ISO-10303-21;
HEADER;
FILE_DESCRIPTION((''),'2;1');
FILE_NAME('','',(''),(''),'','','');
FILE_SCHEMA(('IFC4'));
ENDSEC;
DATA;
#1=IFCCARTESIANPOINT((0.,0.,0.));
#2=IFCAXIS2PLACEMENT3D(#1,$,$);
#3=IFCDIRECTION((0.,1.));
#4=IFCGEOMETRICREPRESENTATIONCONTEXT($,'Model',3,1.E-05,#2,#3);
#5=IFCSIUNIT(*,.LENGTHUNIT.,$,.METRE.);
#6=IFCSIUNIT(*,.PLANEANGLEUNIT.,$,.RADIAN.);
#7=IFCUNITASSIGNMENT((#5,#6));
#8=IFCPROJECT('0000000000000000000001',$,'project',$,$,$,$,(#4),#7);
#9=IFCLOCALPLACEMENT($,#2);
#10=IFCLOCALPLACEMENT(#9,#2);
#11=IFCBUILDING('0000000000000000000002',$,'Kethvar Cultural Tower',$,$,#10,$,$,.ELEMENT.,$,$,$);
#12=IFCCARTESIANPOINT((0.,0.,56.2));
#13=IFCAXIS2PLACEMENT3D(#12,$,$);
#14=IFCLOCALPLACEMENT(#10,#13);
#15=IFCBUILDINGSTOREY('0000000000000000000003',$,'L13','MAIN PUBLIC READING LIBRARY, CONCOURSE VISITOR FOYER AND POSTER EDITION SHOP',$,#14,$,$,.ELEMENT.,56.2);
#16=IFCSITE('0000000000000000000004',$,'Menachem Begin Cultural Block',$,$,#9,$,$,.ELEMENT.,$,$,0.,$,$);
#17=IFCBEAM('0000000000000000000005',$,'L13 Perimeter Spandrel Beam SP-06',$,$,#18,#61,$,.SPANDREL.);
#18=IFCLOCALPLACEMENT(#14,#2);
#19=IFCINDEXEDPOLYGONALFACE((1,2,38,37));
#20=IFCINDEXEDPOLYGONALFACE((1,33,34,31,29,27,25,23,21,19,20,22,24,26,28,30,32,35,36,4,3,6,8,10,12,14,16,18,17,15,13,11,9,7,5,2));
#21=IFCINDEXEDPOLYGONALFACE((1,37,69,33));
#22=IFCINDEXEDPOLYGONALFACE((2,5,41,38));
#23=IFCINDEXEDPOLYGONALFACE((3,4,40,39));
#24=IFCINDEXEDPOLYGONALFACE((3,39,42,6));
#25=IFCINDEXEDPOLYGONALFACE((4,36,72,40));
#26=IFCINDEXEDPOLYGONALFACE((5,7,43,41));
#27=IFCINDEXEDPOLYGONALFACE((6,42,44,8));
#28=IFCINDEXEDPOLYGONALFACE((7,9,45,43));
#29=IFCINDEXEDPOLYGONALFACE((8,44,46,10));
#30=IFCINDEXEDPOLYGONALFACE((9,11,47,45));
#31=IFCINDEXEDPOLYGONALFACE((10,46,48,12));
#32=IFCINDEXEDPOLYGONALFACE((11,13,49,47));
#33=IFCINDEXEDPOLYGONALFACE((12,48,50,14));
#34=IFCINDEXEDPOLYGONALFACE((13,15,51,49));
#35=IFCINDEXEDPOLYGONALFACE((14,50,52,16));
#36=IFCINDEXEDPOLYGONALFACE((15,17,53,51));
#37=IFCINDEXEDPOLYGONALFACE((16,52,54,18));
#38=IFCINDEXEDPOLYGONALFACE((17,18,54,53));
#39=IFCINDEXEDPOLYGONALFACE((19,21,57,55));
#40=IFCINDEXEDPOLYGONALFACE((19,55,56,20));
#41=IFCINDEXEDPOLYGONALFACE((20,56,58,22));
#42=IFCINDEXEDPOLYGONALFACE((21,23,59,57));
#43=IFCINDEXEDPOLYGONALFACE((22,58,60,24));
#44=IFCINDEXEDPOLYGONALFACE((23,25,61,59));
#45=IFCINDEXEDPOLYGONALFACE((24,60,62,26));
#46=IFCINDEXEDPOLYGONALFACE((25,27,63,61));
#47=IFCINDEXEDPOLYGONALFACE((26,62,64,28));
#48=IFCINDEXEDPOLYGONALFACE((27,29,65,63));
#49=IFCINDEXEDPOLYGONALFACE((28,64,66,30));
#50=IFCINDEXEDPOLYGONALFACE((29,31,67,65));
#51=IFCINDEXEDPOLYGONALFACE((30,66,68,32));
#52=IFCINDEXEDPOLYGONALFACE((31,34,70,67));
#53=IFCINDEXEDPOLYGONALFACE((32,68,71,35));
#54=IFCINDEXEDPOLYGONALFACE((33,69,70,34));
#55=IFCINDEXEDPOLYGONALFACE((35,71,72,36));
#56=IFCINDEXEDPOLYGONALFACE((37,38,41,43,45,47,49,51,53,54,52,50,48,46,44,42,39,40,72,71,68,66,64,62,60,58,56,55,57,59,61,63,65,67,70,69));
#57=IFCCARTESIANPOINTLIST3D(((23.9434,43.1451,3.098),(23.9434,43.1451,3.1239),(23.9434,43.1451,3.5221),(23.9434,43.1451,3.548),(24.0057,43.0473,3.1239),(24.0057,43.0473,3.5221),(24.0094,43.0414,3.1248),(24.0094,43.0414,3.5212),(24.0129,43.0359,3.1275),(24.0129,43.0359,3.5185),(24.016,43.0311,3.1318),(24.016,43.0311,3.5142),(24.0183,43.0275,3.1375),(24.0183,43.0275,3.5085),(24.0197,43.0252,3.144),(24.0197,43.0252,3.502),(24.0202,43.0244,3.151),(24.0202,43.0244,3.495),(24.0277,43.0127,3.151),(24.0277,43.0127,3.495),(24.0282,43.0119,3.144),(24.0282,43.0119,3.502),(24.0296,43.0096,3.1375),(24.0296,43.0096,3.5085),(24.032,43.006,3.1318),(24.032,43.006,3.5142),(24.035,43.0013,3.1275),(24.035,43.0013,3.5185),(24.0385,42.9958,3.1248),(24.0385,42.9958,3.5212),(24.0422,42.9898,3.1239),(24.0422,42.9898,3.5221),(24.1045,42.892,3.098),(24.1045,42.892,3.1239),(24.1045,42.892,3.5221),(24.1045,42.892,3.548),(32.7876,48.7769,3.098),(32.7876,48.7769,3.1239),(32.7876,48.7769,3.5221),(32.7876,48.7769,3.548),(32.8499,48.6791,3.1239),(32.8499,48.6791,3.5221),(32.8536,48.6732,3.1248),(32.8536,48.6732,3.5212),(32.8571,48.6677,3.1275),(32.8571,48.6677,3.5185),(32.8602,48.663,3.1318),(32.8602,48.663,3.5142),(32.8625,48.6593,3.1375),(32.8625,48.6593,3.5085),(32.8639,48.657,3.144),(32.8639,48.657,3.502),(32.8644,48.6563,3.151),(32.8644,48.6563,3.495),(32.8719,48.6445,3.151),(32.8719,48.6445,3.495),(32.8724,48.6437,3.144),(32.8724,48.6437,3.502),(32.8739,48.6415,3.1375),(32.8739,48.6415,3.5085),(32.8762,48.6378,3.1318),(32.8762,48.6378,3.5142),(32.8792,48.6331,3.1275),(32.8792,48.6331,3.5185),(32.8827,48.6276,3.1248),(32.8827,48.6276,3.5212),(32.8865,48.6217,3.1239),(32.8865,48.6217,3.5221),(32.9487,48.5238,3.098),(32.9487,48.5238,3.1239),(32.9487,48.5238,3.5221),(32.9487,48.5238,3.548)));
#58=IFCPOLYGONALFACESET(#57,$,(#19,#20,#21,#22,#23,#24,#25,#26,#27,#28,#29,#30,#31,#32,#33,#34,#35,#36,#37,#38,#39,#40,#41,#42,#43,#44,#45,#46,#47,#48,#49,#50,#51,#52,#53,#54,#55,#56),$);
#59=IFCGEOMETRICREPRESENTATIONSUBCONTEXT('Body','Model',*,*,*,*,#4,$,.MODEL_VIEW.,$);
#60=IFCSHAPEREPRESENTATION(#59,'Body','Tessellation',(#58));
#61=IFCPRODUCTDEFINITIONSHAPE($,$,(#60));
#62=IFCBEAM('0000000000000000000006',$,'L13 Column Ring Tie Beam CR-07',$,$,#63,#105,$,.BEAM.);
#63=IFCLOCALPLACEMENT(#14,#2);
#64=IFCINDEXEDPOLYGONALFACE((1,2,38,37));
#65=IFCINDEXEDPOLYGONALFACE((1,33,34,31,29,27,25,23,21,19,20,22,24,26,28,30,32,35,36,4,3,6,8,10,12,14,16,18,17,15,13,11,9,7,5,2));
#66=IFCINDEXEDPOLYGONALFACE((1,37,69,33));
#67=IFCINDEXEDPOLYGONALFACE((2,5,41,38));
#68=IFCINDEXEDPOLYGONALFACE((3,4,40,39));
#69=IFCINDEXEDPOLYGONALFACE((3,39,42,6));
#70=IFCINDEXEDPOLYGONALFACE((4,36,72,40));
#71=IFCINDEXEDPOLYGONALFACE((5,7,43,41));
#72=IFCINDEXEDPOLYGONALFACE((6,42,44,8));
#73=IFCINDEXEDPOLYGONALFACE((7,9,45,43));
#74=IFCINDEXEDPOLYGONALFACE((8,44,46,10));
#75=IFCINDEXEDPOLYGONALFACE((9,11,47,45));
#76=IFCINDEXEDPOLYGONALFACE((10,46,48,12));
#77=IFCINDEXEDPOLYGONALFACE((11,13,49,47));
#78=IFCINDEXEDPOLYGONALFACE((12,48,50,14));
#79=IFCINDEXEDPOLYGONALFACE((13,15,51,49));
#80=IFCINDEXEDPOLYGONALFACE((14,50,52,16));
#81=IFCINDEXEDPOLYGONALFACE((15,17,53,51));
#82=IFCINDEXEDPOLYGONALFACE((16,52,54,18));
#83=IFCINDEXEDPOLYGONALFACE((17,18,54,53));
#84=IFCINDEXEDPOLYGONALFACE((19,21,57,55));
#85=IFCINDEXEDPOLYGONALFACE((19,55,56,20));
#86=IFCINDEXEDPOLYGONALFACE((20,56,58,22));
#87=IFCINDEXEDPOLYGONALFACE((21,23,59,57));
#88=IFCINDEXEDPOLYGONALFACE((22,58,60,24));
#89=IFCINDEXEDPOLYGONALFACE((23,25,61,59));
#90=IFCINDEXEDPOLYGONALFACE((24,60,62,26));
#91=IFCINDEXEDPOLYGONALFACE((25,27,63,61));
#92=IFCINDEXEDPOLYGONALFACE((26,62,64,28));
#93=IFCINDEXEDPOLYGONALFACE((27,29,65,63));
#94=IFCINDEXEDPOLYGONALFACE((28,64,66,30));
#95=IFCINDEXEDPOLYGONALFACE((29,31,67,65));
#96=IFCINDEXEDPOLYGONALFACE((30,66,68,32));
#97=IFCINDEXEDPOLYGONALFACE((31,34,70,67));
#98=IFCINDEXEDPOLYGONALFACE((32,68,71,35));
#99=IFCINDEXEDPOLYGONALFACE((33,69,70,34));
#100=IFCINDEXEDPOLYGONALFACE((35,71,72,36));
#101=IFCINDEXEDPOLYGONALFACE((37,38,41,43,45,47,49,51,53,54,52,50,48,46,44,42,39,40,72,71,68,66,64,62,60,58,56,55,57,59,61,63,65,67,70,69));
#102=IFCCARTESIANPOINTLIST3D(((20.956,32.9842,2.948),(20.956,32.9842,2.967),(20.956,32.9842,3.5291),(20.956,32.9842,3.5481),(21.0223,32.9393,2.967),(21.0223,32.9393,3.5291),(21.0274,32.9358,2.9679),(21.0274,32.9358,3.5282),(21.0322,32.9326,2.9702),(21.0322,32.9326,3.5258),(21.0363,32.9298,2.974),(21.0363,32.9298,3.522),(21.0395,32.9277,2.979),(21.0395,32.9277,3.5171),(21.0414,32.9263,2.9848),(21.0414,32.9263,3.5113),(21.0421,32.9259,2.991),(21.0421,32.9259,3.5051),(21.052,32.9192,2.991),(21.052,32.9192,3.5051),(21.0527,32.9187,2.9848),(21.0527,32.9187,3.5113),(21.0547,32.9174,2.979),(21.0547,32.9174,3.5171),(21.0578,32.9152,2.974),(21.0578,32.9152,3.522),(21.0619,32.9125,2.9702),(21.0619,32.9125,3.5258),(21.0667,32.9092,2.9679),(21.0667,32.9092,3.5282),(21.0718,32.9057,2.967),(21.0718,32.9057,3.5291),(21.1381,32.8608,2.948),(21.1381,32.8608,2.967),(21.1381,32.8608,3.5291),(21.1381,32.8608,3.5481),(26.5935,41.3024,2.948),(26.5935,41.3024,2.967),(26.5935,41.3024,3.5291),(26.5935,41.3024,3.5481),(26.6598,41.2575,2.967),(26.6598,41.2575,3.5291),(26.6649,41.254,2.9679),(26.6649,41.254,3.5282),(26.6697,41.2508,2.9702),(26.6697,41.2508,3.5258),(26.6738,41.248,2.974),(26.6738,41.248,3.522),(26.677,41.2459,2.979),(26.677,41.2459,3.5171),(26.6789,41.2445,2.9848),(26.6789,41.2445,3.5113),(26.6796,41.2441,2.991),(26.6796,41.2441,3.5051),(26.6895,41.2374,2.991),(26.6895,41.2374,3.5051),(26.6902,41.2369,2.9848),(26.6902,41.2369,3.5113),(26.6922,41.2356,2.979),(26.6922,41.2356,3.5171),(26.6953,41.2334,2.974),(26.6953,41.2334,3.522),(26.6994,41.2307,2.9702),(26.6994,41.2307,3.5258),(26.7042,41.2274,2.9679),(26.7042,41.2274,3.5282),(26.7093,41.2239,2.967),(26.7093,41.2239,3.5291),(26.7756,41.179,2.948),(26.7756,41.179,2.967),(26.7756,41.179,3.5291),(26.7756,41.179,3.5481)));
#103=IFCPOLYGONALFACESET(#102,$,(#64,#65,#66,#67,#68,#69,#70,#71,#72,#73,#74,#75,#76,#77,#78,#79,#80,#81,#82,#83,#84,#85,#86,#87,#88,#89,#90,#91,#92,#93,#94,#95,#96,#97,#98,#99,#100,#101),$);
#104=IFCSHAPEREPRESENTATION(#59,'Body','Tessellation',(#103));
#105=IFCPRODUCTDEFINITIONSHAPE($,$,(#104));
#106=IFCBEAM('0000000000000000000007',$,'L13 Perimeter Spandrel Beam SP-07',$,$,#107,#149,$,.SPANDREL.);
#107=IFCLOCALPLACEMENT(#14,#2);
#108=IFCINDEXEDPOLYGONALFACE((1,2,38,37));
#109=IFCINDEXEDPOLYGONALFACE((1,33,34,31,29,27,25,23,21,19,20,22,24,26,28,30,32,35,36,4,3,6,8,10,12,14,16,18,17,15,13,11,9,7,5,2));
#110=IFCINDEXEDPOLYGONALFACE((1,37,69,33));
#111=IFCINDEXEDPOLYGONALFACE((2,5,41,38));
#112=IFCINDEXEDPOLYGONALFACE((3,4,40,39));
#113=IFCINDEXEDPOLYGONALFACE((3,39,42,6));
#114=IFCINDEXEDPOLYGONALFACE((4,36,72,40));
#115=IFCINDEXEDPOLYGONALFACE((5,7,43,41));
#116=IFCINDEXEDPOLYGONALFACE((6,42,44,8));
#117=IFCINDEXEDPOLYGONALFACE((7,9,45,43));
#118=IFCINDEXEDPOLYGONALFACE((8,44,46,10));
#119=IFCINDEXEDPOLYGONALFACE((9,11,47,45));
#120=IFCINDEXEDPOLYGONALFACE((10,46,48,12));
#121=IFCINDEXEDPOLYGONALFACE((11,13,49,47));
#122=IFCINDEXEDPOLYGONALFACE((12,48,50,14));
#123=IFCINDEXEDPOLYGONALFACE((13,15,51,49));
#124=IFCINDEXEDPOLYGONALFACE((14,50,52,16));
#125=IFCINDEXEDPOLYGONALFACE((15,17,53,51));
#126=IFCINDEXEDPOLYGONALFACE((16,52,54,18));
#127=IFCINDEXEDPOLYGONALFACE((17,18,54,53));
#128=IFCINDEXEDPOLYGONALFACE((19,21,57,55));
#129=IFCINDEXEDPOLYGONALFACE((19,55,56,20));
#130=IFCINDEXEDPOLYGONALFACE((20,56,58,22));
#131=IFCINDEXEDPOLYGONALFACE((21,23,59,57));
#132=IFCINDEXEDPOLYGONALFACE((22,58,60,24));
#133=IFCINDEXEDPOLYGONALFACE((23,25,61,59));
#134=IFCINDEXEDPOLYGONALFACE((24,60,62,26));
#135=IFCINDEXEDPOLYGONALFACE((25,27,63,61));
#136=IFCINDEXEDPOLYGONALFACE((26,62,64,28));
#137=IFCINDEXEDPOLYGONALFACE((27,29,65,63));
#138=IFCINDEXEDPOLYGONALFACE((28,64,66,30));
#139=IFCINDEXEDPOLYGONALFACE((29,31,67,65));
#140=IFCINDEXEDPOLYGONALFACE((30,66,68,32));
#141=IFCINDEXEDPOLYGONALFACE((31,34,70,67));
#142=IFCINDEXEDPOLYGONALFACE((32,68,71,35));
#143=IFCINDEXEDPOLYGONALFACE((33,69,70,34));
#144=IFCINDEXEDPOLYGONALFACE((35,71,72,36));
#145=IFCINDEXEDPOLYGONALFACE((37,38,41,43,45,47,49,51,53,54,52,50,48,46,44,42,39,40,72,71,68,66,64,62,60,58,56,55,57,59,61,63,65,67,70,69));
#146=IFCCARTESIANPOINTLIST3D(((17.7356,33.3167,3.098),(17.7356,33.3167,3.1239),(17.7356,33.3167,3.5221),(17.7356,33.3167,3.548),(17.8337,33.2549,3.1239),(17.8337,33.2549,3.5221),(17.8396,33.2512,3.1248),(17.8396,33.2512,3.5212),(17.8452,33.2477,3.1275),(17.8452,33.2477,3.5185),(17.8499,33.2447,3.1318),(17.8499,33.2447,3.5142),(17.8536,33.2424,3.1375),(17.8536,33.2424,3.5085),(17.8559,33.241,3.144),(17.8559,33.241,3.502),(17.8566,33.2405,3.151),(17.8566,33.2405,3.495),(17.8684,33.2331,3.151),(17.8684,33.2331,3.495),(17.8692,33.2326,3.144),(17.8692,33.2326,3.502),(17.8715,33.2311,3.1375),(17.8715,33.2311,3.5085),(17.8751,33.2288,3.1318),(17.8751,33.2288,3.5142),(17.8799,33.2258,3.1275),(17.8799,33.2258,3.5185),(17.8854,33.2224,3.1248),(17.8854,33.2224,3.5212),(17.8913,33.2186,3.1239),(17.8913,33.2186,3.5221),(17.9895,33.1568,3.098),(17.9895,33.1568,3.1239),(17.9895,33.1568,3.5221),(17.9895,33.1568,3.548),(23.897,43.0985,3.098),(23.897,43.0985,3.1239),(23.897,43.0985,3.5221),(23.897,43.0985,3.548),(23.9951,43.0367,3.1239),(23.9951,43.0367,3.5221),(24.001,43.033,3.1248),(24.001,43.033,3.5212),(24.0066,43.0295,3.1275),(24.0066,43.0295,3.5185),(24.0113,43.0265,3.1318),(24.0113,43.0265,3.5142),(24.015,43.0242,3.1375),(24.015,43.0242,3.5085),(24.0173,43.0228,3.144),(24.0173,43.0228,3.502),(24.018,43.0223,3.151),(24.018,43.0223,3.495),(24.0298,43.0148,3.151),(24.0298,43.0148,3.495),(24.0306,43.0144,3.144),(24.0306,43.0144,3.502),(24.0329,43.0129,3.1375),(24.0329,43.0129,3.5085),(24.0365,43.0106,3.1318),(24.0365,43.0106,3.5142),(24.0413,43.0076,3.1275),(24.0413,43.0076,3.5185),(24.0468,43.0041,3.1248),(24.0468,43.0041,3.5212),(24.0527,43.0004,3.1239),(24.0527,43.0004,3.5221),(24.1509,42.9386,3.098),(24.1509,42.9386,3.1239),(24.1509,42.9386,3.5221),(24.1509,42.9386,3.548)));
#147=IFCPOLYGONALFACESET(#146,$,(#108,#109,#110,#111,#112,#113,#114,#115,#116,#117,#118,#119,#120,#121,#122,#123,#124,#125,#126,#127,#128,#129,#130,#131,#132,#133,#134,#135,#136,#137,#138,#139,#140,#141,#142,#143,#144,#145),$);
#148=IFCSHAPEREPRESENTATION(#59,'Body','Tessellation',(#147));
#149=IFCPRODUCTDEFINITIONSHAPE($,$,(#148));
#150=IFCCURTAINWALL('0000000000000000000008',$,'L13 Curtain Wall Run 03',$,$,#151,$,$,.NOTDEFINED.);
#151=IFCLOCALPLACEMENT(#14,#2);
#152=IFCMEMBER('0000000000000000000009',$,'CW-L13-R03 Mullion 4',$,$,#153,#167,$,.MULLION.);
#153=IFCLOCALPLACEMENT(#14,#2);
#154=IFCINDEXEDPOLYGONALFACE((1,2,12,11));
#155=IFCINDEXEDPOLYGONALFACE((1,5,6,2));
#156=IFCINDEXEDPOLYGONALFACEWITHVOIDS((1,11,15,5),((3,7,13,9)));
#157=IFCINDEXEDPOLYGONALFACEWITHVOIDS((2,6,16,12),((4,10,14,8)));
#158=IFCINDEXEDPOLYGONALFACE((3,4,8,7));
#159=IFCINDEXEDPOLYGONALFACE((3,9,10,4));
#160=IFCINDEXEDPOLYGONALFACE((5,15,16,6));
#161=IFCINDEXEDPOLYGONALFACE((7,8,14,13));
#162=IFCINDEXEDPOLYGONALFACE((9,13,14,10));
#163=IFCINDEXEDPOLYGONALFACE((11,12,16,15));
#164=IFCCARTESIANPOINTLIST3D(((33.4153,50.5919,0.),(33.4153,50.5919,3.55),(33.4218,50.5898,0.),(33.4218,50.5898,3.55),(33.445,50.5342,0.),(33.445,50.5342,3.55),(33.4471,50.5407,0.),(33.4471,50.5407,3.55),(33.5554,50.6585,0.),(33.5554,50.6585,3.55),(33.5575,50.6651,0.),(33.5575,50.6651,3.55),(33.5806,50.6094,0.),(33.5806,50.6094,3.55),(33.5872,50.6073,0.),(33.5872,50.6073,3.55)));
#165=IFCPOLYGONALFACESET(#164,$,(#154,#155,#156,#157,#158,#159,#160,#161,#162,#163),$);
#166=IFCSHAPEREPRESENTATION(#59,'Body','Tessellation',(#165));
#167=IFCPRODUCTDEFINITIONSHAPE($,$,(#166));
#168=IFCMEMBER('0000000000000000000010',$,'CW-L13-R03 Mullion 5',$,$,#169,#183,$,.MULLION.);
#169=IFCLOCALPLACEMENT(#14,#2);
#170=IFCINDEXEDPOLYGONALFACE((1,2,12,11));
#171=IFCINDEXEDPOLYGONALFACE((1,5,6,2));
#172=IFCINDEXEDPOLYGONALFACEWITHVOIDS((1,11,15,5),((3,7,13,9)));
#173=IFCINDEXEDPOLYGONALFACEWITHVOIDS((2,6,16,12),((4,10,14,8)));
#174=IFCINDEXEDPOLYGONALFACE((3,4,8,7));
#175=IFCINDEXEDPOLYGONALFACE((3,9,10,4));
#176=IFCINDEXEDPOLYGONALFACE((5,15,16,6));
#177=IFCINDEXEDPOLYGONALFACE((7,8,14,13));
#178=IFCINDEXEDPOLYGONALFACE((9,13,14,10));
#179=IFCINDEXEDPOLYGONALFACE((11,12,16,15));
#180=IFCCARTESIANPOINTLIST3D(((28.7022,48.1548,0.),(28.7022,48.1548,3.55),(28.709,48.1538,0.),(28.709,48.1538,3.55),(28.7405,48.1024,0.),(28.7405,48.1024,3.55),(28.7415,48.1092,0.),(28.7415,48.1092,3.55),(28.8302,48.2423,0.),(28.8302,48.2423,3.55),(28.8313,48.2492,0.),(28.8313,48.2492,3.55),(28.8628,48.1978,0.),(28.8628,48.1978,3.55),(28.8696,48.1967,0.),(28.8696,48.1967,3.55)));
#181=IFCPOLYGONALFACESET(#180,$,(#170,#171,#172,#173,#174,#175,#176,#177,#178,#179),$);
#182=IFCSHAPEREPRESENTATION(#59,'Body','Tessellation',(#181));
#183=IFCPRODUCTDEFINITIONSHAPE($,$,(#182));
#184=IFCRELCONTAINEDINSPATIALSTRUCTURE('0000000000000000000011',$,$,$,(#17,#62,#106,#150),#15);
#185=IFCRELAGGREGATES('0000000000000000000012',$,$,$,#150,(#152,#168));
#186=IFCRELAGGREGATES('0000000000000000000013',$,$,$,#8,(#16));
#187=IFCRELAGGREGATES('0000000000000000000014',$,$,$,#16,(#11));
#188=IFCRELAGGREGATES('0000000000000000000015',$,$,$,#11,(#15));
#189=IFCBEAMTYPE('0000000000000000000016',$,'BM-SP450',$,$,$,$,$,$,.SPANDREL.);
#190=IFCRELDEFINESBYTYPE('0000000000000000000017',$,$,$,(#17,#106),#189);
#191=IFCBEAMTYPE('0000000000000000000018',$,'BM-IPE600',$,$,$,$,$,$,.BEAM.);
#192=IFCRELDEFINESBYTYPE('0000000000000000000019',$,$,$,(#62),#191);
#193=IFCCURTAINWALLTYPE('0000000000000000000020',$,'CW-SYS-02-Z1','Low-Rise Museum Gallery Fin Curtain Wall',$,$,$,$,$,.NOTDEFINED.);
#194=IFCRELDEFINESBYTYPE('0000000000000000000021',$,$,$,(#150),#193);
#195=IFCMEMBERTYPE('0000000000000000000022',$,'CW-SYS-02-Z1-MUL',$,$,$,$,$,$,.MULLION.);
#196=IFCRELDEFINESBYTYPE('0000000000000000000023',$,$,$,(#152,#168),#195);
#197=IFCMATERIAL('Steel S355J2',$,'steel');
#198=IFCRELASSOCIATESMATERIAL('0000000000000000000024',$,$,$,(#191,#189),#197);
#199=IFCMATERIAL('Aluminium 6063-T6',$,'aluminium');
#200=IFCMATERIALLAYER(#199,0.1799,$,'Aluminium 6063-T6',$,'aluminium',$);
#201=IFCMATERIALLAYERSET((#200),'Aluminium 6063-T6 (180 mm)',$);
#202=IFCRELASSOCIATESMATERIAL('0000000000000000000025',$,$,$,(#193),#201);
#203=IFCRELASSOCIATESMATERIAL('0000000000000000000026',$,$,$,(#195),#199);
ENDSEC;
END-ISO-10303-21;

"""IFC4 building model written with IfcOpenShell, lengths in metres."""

from ifc_helpers import new_model, si_unit, direction, frame, origin, origin_2d, place, context, subcontext, project, spatial, hollow_rectangle, i_section, extrude, source, transform, mapped, material, layer, layer_set, material_profile, profile_set, type_object, element, aggregate, save


model = new_model("IFC4")

# Units and contexts
model_context = context("Model", 3, precision=1e-05, world=origin(), true_north=direction((0.0, 1.0)))
body_context = subcontext(model_context, "Body", "Model", "MODEL_VIEW")
ifc_project = project(units=[si_unit("LENGTHUNIT", "METRE"), si_unit("PLANEANGLEUNIT", "RADIAN")], contexts=[model_context])

# Site, building, storey
site_placement = place(None, origin())
site = spatial("IfcSite", under=ifc_project, at=site_placement, Name="Menachem Begin Cultural Block", CompositionType="ELEMENT", RefElevation=0.0)
building_placement = place(site_placement, origin())
building = spatial("IfcBuilding", under=site, at=building_placement, Name="Kethvar Cultural Tower", CompositionType="ELEMENT")
storey_placement = place(building_placement, frame((0.0, 0.0, 56.2)))
storey = spatial("IfcBuildingStorey", under=building, at=storey_placement, Name="L13", Description="MAIN PUBLIC READING LIBRARY, CONCOURSE VISITOR FOYER AND POSTER EDITION SHOP", CompositionType="ELEMENT", Elevation=56.2)

# Beams
ifc_material_1 = material(Name="Steel S355J2", Category="steel")
ifc_material_profile_1 = material_profile(ifc_material_1, i_section(OverallWidth=0.22, OverallDepth=0.6001, WebThickness=0.012, FlangeThickness=0.019, FilletRadius=0.0239, at=origin_2d()), Name="Steel S355J2 — IPE600")
ifc_profile_set_1 = profile_set([ifc_material_profile_1], Name="Steel S355J2 — IPE600")
beam_type_1 = type_object("IfcBeamType", Name="BM-IPE600", PredefinedType="BEAM", material=ifc_profile_set_1)
ifc_material_profile_2 = material_profile(ifc_material_1, i_section(OverallWidth=0.3, OverallDepth=0.45, WebThickness=0.0139, FlangeThickness=0.0259, FilletRadius=0.0271, at=origin_2d()), Name="Steel S355J2 — HEB450")
ifc_profile_set_2 = profile_set([ifc_material_profile_2], Name="Steel S355J2 — HEB450")
beam_type_2 = type_object("IfcBeamType", Name="BM-SP450", PredefinedType="SPANDREL", material=ifc_profile_set_2)
shared_shape_1 = source(origin(), body_context, "Body", "SweptSolid", [
    extrude(i_section(OverallWidth=0.3, OverallDepth=0.45, WebThickness=0.0139, FlangeThickness=0.0259, FilletRadius=0.0271, at=origin_2d()), origin(), (0.0, 0.0, 1.0), 10.4851),
])
beam_1_placement = place(storey_placement, frame((32.8682, 48.6504, 3.323), z_axis=(-0.843502, -0.537126, 0.0), x_axis=(0.537126, -0.843502, 0.0)))
element("IfcBeam", 1, at=beam_1_placement, inside=storey, type_object=beam_type_2, Name="L13 Perimeter Spandrel Beam SP-06", PredefinedType="SPANDREL", context=body_context, shape_type="MappedRepresentation", body=[
    mapped(shared_shape_1, transform((0.0, 0.0, 0.0), scale=1.0)),
])
shared_shape_2 = source(origin(), body_context, "Body", "SweptSolid", [
    extrude(i_section(OverallWidth=0.22, OverallDepth=0.6001, WebThickness=0.012, FlangeThickness=0.019, FilletRadius=0.0239, at=origin_2d()), origin(), (0.0, 0.0, 1.0), 10.0486),
])
beam_2_placement = place(storey_placement, frame((26.6846, 41.2407, 3.248), z_axis=(-0.561025, -0.827799, 0.0), x_axis=(0.827799, -0.561025, 0.0)))
element("IfcBeam", 2, at=beam_2_placement, inside=storey, type_object=beam_type_1, Name="L13 Column Ring Tie Beam CR-07", PredefinedType="BEAM", context=body_context, shape_type="MappedRepresentation", body=[
    mapped(shared_shape_2, transform((0.0, 0.0, 0.0), scale=1.0)),
])
shared_shape_3 = source(origin(), body_context, "Body", "SweptSolid", [
    extrude(i_section(OverallWidth=0.3, OverallDepth=0.45, WebThickness=0.0139, FlangeThickness=0.0259, FilletRadius=0.0271, at=origin_2d()), origin(), (0.0, 0.0, 1.0), 11.5605),
])
beam_3_placement = place(storey_placement, frame((24.0239, 43.0186, 3.323), z_axis=(-0.532968, -0.846135, 0.0), x_axis=(0.846135, -0.532968, 0.0)))
element("IfcBeam", 3, at=beam_3_placement, inside=storey, type_object=beam_type_2, Name="L13 Perimeter Spandrel Beam SP-07", PredefinedType="SPANDREL", context=body_context, shape_type="MappedRepresentation", body=[
    mapped(shared_shape_3, transform((0.0, 0.0, 0.0), scale=1.0)),
])

# Curtain wall, members
ifc_material_2 = material(Name="Aluminium 6063-T6", Category="aluminium")
ifc_layer_1 = layer(ifc_material_2, 0.1799, Name="Aluminium 6063-T6", Category="aluminium")
ifc_layer_set_1 = layer_set([ifc_layer_1], Name="Aluminium 6063-T6 (180 mm)")
curtain_wall_type = type_object("IfcCurtainWallType", Name="CW-SYS-02-Z1", Description="Low-Rise Museum Gallery Fin Curtain Wall", PredefinedType="NOTDEFINED", material=ifc_layer_set_1)
curtain_wall_1_placement = place(storey_placement, origin())
curtain_wall_1 = element("IfcCurtainWall", 4, at=curtain_wall_1_placement, inside=storey, type_object=curtain_wall_type, Name="L13 Curtain Wall Run 03", PredefinedType="NOTDEFINED")
ifc_material_profile_3 = material_profile(ifc_material_2, hollow_rectangle(XDim=0.0649, YDim=0.1599, WallThickness=0.0049, at=origin_2d()), Name="Aluminium 6063-T6 — RHS160x65x5")
ifc_profile_set_3 = profile_set([ifc_material_profile_3], Name="Aluminium 6063-T6 — RHS160x65x5")
member_type_1 = type_object("IfcMemberType", Name="CW-SYS-02-Z1-MUL", PredefinedType="MULLION", material=ifc_profile_set_3)
shared_shape_4 = source(origin(), body_context, "Body", "SweptSolid", [
    extrude(hollow_rectangle(XDim=0.0649, YDim=0.1599, WallThickness=0.0049, at=origin_2d()), origin(), (0.0, 0.0, 1.0), 3.55),
])
member_1_placement = place(storey_placement, frame((33.5012, 50.5996, 0.0), z_axis=(0.0, 0.0, 1.0), x_axis=(0.457408, -0.889257, 0.0)))
member_1 = element("IfcMember", 5, at=member_1_placement, type_object=member_type_1, Name="CW-L13-R03 Mullion 4", PredefinedType="MULLION", context=body_context, shape_type="MappedRepresentation", body=[
    mapped(shared_shape_4, transform((0.0, 0.0, 0.0), scale=1.0)),
])
member_2_placement = place(storey_placement, frame((28.7859, 48.1758, 0.0), z_axis=(0.0, 0.0, 1.0), x_axis=(0.589986, -0.807414, 0.0)))
member_2 = element("IfcMember", 6, at=member_2_placement, type_object=member_type_1, Name="CW-L13-R03 Mullion 5", PredefinedType="MULLION", context=body_context, shape_type="MappedRepresentation", body=[
    mapped(shared_shape_4, transform((0.0, 0.0, 0.0), scale=1.0)),
])

aggregate(curtain_wall_1, [member_1, member_2])

save(model, "model.ifc")
